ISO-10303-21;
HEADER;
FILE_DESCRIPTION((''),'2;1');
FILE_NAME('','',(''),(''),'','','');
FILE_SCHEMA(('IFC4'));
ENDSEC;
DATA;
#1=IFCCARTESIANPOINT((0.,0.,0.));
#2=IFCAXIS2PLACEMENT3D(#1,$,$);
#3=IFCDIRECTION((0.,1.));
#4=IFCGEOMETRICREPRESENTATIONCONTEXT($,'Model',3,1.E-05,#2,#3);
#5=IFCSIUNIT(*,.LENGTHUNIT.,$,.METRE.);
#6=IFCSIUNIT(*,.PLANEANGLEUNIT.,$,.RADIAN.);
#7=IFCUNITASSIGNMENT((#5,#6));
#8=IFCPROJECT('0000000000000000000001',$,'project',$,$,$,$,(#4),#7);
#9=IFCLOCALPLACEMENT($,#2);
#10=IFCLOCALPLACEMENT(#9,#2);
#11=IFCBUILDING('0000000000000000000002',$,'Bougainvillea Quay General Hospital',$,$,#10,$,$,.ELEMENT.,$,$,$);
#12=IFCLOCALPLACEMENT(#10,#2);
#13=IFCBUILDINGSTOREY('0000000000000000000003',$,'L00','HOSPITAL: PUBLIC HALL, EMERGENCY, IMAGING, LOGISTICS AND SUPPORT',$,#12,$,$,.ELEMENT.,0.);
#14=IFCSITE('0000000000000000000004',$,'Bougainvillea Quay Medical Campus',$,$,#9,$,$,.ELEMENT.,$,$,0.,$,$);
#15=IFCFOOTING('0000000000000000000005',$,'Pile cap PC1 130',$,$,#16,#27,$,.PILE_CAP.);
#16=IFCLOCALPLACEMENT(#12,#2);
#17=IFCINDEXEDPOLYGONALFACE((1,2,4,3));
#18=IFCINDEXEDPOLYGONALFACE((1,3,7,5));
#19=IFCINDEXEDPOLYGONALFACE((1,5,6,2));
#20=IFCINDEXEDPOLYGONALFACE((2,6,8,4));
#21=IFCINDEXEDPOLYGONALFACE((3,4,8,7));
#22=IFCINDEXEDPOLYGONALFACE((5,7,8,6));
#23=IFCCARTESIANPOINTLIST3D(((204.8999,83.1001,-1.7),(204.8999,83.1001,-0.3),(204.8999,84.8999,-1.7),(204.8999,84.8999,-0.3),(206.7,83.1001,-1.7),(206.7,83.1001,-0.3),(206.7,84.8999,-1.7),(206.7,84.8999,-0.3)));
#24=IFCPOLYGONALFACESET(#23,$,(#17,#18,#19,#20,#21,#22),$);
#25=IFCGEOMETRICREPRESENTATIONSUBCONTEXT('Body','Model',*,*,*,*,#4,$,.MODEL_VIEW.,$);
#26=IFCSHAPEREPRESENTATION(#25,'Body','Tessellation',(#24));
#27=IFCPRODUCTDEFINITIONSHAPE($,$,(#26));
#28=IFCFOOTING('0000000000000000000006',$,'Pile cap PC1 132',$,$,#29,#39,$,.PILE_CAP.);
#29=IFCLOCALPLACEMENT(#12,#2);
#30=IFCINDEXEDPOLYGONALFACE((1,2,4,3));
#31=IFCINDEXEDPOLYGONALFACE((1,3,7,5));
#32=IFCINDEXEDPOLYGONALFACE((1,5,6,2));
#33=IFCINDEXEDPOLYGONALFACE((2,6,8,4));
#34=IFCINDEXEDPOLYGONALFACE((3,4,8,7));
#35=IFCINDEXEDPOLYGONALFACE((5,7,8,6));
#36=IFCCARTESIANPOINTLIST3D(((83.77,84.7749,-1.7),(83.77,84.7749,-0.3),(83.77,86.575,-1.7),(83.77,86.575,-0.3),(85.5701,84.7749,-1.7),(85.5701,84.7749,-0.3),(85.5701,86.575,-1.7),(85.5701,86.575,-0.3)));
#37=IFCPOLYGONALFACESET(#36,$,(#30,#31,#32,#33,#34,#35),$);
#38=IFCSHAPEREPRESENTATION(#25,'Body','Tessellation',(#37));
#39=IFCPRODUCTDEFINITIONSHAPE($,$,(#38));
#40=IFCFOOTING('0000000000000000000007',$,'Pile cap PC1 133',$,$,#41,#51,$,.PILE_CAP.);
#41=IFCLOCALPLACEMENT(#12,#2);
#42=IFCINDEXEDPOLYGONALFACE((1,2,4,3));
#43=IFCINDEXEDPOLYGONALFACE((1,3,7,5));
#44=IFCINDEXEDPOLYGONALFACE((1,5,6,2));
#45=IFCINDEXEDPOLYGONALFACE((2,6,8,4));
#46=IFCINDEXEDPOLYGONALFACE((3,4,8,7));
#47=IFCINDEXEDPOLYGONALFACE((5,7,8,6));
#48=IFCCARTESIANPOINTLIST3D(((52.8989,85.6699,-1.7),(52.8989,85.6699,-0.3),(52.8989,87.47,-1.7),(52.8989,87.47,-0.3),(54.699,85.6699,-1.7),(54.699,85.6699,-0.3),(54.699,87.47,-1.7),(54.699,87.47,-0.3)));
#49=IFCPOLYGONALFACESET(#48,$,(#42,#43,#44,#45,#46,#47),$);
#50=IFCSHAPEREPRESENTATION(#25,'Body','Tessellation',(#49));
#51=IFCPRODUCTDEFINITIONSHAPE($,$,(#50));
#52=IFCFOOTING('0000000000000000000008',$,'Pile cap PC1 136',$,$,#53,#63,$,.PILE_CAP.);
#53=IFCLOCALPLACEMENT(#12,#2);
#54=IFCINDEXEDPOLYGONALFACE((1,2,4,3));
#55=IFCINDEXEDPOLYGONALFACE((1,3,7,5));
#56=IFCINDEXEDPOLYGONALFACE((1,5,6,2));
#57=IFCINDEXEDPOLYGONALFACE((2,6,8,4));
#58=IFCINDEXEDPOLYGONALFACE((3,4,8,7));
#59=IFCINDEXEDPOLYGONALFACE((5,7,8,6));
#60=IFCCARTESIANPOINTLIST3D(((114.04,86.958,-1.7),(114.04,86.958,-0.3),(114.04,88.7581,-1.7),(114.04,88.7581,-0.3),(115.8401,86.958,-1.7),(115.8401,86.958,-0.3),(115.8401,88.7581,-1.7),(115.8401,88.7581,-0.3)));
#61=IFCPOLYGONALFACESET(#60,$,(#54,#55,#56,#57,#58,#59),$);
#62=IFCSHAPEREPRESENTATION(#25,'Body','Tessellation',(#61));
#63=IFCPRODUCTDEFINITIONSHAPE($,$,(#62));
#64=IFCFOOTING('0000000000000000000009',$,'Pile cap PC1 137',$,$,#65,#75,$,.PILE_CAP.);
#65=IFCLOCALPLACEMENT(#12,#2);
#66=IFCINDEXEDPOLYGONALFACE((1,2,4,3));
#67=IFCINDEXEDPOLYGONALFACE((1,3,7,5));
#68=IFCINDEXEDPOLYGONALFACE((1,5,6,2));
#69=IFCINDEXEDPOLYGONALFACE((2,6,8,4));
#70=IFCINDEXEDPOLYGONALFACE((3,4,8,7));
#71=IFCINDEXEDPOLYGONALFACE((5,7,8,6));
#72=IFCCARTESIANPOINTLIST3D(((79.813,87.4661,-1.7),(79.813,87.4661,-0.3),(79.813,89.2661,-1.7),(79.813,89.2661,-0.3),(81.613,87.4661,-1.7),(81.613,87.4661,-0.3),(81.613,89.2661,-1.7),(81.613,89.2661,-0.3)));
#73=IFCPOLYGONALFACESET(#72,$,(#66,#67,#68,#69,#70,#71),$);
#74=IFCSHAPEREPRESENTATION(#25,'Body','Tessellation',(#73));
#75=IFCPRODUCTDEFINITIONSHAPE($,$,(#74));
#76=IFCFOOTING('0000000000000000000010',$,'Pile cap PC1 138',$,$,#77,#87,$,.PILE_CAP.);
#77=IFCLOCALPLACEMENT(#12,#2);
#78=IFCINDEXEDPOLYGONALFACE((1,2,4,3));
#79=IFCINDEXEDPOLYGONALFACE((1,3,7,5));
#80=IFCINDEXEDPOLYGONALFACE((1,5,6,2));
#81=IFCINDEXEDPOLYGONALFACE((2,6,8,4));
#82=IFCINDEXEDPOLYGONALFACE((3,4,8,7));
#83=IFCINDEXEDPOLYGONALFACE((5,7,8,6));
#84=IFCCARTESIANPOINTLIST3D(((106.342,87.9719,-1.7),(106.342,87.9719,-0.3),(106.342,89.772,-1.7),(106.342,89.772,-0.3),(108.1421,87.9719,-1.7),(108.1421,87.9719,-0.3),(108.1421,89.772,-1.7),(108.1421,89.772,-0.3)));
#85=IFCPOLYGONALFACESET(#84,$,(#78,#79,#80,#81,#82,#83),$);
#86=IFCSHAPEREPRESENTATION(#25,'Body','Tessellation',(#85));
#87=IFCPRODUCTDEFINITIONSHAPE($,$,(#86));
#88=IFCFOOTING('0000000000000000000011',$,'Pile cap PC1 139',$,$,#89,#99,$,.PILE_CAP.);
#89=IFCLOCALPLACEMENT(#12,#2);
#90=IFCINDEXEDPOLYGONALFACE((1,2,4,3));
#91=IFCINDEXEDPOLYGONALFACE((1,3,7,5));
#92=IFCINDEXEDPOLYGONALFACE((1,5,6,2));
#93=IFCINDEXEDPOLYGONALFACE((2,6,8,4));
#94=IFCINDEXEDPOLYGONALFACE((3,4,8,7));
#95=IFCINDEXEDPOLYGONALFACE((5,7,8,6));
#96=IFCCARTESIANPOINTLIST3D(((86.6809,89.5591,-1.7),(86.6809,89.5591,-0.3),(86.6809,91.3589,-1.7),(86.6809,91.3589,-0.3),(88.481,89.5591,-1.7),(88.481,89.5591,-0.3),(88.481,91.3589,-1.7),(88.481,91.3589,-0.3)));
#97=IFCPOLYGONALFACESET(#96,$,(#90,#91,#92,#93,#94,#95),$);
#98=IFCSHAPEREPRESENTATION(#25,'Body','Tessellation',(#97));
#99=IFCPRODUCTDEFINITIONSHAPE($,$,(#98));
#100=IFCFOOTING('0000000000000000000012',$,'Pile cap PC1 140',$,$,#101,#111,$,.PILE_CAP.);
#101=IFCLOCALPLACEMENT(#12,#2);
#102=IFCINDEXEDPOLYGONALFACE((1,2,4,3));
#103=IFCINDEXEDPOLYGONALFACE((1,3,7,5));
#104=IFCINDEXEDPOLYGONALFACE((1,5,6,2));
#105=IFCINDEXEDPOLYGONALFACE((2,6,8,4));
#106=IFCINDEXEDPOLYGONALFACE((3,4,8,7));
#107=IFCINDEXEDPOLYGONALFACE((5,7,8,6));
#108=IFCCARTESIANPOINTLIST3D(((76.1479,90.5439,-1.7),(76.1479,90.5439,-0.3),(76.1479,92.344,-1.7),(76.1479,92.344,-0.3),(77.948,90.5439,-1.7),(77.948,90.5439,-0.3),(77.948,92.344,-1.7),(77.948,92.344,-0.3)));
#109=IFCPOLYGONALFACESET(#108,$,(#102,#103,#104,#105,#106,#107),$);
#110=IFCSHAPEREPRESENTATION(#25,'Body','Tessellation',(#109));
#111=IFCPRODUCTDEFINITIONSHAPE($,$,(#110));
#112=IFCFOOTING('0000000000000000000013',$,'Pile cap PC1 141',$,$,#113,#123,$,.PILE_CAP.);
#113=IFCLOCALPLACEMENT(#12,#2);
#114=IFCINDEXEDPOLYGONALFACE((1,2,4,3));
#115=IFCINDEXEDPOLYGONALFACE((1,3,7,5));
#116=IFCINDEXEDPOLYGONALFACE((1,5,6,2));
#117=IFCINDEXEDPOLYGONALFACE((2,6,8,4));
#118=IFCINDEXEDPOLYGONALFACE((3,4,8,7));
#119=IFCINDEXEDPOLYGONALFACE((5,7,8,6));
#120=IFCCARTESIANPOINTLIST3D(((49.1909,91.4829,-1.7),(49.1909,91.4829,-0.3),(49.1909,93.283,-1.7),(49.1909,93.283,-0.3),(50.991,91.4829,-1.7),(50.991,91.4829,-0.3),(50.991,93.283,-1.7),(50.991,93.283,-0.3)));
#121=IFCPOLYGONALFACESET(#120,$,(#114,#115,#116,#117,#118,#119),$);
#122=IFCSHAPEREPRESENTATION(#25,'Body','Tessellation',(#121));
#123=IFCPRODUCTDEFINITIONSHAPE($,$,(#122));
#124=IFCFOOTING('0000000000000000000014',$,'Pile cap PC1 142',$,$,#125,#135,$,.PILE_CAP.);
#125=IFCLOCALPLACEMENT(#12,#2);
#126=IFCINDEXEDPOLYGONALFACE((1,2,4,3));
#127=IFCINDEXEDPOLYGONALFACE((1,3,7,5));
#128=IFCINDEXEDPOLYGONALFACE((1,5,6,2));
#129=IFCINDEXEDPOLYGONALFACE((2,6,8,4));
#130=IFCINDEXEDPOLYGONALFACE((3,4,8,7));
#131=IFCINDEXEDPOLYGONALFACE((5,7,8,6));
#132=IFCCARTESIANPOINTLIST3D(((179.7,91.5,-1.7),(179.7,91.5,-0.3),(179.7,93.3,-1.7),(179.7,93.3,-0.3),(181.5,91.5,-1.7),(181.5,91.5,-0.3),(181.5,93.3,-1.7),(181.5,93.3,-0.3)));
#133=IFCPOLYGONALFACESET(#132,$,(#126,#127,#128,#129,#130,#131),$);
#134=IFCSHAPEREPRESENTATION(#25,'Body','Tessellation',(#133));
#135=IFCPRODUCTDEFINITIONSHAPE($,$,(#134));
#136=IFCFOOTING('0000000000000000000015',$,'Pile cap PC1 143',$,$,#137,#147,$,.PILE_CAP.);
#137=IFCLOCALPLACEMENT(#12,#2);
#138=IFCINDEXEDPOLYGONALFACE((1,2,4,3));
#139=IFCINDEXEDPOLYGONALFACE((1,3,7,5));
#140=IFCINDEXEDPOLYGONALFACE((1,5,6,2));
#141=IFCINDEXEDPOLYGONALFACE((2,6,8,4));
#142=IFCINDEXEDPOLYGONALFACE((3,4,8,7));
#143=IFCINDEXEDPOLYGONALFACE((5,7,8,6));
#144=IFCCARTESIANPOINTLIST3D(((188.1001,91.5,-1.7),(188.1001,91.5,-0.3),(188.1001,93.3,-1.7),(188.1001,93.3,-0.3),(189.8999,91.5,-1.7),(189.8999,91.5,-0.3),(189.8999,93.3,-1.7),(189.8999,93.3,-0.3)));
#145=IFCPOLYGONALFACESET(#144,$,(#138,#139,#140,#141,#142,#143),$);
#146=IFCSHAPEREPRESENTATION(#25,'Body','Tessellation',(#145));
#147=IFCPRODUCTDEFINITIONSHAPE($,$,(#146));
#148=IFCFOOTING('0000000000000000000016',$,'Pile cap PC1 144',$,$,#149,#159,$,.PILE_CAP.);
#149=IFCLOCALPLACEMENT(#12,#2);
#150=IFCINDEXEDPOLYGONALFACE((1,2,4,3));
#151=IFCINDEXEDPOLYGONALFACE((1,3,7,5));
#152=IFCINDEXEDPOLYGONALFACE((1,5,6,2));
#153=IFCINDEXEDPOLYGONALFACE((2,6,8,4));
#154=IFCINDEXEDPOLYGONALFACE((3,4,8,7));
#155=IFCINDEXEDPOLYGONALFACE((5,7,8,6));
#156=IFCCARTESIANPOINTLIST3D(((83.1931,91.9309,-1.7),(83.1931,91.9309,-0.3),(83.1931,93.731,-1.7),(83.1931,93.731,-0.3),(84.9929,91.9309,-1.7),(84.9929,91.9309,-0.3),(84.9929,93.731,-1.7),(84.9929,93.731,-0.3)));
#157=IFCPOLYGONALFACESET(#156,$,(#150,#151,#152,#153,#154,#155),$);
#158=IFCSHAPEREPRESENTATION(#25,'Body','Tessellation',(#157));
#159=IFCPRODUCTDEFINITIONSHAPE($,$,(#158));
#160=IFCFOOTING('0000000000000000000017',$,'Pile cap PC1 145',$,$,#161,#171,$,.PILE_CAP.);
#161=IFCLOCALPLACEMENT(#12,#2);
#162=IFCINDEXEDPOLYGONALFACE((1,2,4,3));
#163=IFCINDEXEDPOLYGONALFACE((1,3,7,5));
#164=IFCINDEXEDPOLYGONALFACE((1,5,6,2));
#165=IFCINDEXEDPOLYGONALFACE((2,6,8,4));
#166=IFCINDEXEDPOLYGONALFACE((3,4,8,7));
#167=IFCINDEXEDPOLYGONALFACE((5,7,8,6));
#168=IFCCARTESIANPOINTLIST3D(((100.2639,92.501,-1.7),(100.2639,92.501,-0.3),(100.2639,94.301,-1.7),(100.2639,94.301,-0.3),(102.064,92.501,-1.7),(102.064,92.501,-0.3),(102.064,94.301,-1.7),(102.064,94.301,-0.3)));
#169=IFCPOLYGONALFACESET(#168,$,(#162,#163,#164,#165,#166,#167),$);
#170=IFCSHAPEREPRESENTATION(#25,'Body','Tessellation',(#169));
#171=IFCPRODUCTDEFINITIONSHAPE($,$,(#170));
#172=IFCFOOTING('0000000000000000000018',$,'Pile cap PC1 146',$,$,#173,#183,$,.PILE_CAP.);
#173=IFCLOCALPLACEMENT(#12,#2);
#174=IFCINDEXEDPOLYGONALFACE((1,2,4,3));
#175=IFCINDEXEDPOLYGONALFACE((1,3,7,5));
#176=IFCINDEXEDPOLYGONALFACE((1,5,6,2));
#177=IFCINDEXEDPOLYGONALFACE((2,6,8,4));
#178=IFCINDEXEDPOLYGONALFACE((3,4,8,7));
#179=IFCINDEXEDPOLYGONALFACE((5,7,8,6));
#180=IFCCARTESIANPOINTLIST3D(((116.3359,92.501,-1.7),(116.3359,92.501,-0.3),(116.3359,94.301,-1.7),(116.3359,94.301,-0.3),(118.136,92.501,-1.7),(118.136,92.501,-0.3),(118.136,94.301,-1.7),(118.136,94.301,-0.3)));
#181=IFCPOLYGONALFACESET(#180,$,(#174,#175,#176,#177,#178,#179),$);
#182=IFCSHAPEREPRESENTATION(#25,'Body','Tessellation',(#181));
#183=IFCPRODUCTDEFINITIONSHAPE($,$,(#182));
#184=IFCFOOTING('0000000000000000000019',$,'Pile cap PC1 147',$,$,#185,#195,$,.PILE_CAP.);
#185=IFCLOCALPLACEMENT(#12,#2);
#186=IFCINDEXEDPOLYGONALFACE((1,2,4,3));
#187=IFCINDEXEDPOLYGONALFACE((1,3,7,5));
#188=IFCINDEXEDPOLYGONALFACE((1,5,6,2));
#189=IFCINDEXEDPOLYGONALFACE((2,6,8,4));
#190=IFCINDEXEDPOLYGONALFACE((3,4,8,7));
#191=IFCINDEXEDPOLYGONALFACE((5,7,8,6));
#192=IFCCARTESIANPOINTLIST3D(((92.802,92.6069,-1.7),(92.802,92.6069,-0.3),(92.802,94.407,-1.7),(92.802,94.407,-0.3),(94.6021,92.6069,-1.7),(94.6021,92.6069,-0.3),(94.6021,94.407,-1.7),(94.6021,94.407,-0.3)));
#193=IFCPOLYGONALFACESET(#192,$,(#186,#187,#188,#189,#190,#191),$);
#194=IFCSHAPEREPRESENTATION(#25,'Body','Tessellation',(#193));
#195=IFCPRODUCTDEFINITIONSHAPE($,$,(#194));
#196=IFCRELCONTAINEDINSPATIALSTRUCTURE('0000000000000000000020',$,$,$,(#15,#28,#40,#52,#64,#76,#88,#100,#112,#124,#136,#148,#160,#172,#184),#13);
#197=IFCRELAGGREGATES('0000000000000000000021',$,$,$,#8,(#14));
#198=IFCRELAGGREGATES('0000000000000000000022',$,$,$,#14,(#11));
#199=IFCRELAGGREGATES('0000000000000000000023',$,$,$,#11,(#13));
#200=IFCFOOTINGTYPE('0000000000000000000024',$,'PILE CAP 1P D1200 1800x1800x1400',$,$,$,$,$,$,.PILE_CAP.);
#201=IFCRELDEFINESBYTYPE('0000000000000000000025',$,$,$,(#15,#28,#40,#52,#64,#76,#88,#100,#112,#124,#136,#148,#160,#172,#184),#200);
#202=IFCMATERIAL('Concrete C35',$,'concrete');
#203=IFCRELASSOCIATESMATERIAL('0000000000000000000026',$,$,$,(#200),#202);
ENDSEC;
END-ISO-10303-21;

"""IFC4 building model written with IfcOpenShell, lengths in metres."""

from ifc_helpers import new_model, si_unit, direction, frame, origin, place, context, subcontext, project, spatial, polyline, outline, extrude, material, type_object, element, save


model = new_model("IFC4")

# Units and contexts
model_context = context("Model", 3, precision=1e-05, world=origin(), true_north=direction((0.0, 1.0)))
body_context = subcontext(model_context, "Body", "Model", "MODEL_VIEW")
ifc_project = project(units=[si_unit("LENGTHUNIT", "METRE"), si_unit("PLANEANGLEUNIT", "RADIAN")], contexts=[model_context])

# Site, building, storey
site_placement = place(None, origin())
site = spatial("IfcSite", under=ifc_project, at=site_placement, Name="Bougainvillea Quay Medical Campus", CompositionType="ELEMENT", RefElevation=0.0)
building_placement = place(site_placement, origin())
building = spatial("IfcBuilding", under=site, at=building_placement, Name="Bougainvillea Quay General Hospital", CompositionType="ELEMENT")
storey_placement = place(building_placement, origin())
storey = spatial("IfcBuildingStorey", under=building, at=storey_placement, Name="L00", Description="HOSPITAL: PUBLIC HALL, EMERGENCY, IMAGING, LOGISTICS AND SUPPORT", CompositionType="ELEMENT", Elevation=0.0)

# Footings
ifc_material = material(Name="Concrete C35", Category="concrete")
footing_type_1 = type_object("IfcFootingType", Name="PILE CAP 1P D1200 1800x1800x1400", PredefinedType="PILE_CAP", material=ifc_material)
footing_1_placement = place(storey_placement, frame((0.0, 0.0, -1.7)))
element("IfcFooting", 1, at=footing_1_placement, inside=storey, type_object=footing_type_1, Name="Pile cap PC1 130", PredefinedType="PILE_CAP", context=body_context, shape_type="SweptSolid", body=[
    extrude(outline(polyline([(204.8999, 83.1001), (206.7, 83.1001), (206.7, 84.8999), (204.8999, 84.8999), (204.8999, 83.1001)])), origin(), (0.0, 0.0, 1.0), 1.3999),
])
footing_2_placement = place(storey_placement, frame((0.0, 0.0, -1.7)))
element("IfcFooting", 2, at=footing_2_placement, inside=storey, type_object=footing_type_1, Name="Pile cap PC1 132", PredefinedType="PILE_CAP", context=body_context, shape_type="SweptSolid", body=[
    extrude(outline(polyline([(83.77, 84.7749), (85.5701, 84.7749), (85.5701, 86.575), (83.77, 86.575), (83.77, 84.7749)])), origin(), (0.0, 0.0, 1.0), 1.3999),
])
footing_3_placement = place(storey_placement, frame((0.0, 0.0, -1.7)))
element("IfcFooting", 3, at=footing_3_placement, inside=storey, type_object=footing_type_1, Name="Pile cap PC1 133", PredefinedType="PILE_CAP", context=body_context, shape_type="SweptSolid", body=[
    extrude(outline(polyline([(52.8989, 85.6699), (54.699, 85.6699), (54.699, 87.47), (52.8989, 87.47), (52.8989, 85.6699)])), origin(), (0.0, 0.0, 1.0), 1.3999),
])
footing_4_placement = place(storey_placement, frame((0.0, 0.0, -1.7)))
element("IfcFooting", 4, at=footing_4_placement, inside=storey, type_object=footing_type_1, Name="Pile cap PC1 136", PredefinedType="PILE_CAP", context=body_context, shape_type="SweptSolid", body=[
    extrude(outline(polyline([(114.04, 86.958), (115.8401, 86.958), (115.8401, 88.7581), (114.04, 88.7581), (114.04, 86.958)])), origin(), (0.0, 0.0, 1.0), 1.3999),
])
footing_5_placement = place(storey_placement, frame((0.0, 0.0, -1.7)))
element("IfcFooting", 5, at=footing_5_placement, inside=storey, type_object=footing_type_1, Name="Pile cap PC1 137", PredefinedType="PILE_CAP", context=body_context, shape_type="SweptSolid", body=[
    extrude(outline(polyline([(79.813, 87.4661), (81.613, 87.4661), (81.613, 89.2661), (79.813, 89.2661), (79.813, 87.4661)])), origin(), (0.0, 0.0, 1.0), 1.3999),
])
footing_6_placement = place(storey_placement, frame((0.0, 0.0, -1.7)))
element("IfcFooting", 6, at=footing_6_placement, inside=storey, type_object=footing_type_1, Name="Pile cap PC1 138", PredefinedType="PILE_CAP", context=body_context, shape_type="SweptSolid", body=[
    extrude(outline(polyline([(106.342, 87.9719), (108.1421, 87.9719), (108.1421, 89.772), (106.342, 89.772), (106.342, 87.9719)])), origin(), (0.0, 0.0, 1.0), 1.3999),
])
footing_7_placement = place(storey_placement, frame((0.0, 0.0, -1.7)))
element("IfcFooting", 7, at=footing_7_placement, inside=storey, type_object=footing_type_1, Name="Pile cap PC1 139", PredefinedType="PILE_CAP", context=body_context, shape_type="SweptSolid", body=[
    extrude(outline(polyline([(86.6809, 89.5591), (88.481, 89.5591), (88.481, 91.3589), (86.6809, 91.3589), (86.6809, 89.5591)])), origin(), (0.0, 0.0, 1.0), 1.3999),
])
footing_8_placement = place(storey_placement, frame((0.0, 0.0, -1.7)))
element("IfcFooting", 8, at=footing_8_placement, inside=storey, type_object=footing_type_1, Name="Pile cap PC1 140", PredefinedType="PILE_CAP", context=body_context, shape_type="SweptSolid", body=[
    extrude(outline(polyline([(76.1479, 90.5439), (77.948, 90.5439), (77.948, 92.344), (76.1479, 92.344), (76.1479, 90.5439)])), origin(), (0.0, 0.0, 1.0), 1.3999),
])
footing_9_placement = place(storey_placement, frame((0.0, 0.0, -1.7)))
element("IfcFooting", 9, at=footing_9_placement, inside=storey, type_object=footing_type_1, Name="Pile cap PC1 141", PredefinedType="PILE_CAP", context=body_context, shape_type="SweptSolid", body=[
    extrude(outline(polyline([(49.1909, 91.4829), (50.991, 91.4829), (50.991, 93.283), (49.1909, 93.283), (49.1909, 91.4829)])), origin(), (0.0, 0.0, 1.0), 1.3999),
])
footing_10_placement = place(storey_placement, frame((0.0, 0.0, -1.7)))
element("IfcFooting", 10, at=footing_10_placement, inside=storey, type_object=footing_type_1, Name="Pile cap PC1 142", PredefinedType="PILE_CAP", context=body_context, shape_type="SweptSolid", body=[
    extrude(outline(polyline([(179.7, 91.5), (181.5, 91.5), (181.5, 93.3), (179.7, 93.3), (179.7, 91.5)])), origin(), (0.0, 0.0, 1.0), 1.3999),
])
footing_11_placement = place(storey_placement, frame((0.0, 0.0, -1.7)))
element("IfcFooting", 11, at=footing_11_placement, inside=storey, type_object=footing_type_1, Name="Pile cap PC1 143", PredefinedType="PILE_CAP", context=body_context, shape_type="SweptSolid", body=[
    extrude(outline(polyline([(188.1001, 91.5), (189.8999, 91.5), (189.8999, 93.3), (188.1001, 93.3), (188.1001, 91.5)])), origin(), (0.0, 0.0, 1.0), 1.3999),
])
footing_12_placement = place(storey_placement, frame((0.0, 0.0, -1.7)))
element("IfcFooting", 12, at=footing_12_placement, inside=storey, type_object=footing_type_1, Name="Pile cap PC1 144", PredefinedType="PILE_CAP", context=body_context, shape_type="SweptSolid", body=[
    extrude(outline(polyline([(83.1931, 91.9309), (84.9929, 91.9309), (84.9929, 93.731), (83.1931, 93.731), (83.1931, 91.9309)])), origin(), (0.0, 0.0, 1.0), 1.3999),
])
footing_13_placement = place(storey_placement, frame((0.0, 0.0, -1.7)))
element("IfcFooting", 13, at=footing_13_placement, inside=storey, type_object=footing_type_1, Name="Pile cap PC1 145", PredefinedType="PILE_CAP", context=body_context, shape_type="SweptSolid", body=[
    extrude(outline(polyline([(100.2639, 92.501), (102.064, 92.501), (102.064, 94.301), (100.2639, 94.301), (100.2639, 92.501)])), origin(), (0.0, 0.0, 1.0), 1.3999),
])
footing_14_placement = place(storey_placement, frame((0.0, 0.0, -1.7)))
element("IfcFooting", 14, at=footing_14_placement, inside=storey, type_object=footing_type_1, Name="Pile cap PC1 146", PredefinedType="PILE_CAP", context=body_context, shape_type="SweptSolid", body=[
    extrude(outline(polyline([(116.3359, 92.501), (118.136, 92.501), (118.136, 94.301), (116.3359, 94.301), (116.3359, 92.501)])), origin(), (0.0, 0.0, 1.0), 1.3999),
])
footing_15_placement = place(storey_placement, frame((0.0, 0.0, -1.7)))
element("IfcFooting", 15, at=footing_15_placement, inside=storey, type_object=footing_type_1, Name="Pile cap PC1 147", PredefinedType="PILE_CAP", context=body_context, shape_type="SweptSolid", body=[
    extrude(outline(polyline([(92.802, 92.6069), (94.6021, 92.6069), (94.6021, 94.407), (92.802, 94.407), (92.802, 92.6069)])), origin(), (0.0, 0.0, 1.0), 1.3999),
])

save(model, "model.ifc")
